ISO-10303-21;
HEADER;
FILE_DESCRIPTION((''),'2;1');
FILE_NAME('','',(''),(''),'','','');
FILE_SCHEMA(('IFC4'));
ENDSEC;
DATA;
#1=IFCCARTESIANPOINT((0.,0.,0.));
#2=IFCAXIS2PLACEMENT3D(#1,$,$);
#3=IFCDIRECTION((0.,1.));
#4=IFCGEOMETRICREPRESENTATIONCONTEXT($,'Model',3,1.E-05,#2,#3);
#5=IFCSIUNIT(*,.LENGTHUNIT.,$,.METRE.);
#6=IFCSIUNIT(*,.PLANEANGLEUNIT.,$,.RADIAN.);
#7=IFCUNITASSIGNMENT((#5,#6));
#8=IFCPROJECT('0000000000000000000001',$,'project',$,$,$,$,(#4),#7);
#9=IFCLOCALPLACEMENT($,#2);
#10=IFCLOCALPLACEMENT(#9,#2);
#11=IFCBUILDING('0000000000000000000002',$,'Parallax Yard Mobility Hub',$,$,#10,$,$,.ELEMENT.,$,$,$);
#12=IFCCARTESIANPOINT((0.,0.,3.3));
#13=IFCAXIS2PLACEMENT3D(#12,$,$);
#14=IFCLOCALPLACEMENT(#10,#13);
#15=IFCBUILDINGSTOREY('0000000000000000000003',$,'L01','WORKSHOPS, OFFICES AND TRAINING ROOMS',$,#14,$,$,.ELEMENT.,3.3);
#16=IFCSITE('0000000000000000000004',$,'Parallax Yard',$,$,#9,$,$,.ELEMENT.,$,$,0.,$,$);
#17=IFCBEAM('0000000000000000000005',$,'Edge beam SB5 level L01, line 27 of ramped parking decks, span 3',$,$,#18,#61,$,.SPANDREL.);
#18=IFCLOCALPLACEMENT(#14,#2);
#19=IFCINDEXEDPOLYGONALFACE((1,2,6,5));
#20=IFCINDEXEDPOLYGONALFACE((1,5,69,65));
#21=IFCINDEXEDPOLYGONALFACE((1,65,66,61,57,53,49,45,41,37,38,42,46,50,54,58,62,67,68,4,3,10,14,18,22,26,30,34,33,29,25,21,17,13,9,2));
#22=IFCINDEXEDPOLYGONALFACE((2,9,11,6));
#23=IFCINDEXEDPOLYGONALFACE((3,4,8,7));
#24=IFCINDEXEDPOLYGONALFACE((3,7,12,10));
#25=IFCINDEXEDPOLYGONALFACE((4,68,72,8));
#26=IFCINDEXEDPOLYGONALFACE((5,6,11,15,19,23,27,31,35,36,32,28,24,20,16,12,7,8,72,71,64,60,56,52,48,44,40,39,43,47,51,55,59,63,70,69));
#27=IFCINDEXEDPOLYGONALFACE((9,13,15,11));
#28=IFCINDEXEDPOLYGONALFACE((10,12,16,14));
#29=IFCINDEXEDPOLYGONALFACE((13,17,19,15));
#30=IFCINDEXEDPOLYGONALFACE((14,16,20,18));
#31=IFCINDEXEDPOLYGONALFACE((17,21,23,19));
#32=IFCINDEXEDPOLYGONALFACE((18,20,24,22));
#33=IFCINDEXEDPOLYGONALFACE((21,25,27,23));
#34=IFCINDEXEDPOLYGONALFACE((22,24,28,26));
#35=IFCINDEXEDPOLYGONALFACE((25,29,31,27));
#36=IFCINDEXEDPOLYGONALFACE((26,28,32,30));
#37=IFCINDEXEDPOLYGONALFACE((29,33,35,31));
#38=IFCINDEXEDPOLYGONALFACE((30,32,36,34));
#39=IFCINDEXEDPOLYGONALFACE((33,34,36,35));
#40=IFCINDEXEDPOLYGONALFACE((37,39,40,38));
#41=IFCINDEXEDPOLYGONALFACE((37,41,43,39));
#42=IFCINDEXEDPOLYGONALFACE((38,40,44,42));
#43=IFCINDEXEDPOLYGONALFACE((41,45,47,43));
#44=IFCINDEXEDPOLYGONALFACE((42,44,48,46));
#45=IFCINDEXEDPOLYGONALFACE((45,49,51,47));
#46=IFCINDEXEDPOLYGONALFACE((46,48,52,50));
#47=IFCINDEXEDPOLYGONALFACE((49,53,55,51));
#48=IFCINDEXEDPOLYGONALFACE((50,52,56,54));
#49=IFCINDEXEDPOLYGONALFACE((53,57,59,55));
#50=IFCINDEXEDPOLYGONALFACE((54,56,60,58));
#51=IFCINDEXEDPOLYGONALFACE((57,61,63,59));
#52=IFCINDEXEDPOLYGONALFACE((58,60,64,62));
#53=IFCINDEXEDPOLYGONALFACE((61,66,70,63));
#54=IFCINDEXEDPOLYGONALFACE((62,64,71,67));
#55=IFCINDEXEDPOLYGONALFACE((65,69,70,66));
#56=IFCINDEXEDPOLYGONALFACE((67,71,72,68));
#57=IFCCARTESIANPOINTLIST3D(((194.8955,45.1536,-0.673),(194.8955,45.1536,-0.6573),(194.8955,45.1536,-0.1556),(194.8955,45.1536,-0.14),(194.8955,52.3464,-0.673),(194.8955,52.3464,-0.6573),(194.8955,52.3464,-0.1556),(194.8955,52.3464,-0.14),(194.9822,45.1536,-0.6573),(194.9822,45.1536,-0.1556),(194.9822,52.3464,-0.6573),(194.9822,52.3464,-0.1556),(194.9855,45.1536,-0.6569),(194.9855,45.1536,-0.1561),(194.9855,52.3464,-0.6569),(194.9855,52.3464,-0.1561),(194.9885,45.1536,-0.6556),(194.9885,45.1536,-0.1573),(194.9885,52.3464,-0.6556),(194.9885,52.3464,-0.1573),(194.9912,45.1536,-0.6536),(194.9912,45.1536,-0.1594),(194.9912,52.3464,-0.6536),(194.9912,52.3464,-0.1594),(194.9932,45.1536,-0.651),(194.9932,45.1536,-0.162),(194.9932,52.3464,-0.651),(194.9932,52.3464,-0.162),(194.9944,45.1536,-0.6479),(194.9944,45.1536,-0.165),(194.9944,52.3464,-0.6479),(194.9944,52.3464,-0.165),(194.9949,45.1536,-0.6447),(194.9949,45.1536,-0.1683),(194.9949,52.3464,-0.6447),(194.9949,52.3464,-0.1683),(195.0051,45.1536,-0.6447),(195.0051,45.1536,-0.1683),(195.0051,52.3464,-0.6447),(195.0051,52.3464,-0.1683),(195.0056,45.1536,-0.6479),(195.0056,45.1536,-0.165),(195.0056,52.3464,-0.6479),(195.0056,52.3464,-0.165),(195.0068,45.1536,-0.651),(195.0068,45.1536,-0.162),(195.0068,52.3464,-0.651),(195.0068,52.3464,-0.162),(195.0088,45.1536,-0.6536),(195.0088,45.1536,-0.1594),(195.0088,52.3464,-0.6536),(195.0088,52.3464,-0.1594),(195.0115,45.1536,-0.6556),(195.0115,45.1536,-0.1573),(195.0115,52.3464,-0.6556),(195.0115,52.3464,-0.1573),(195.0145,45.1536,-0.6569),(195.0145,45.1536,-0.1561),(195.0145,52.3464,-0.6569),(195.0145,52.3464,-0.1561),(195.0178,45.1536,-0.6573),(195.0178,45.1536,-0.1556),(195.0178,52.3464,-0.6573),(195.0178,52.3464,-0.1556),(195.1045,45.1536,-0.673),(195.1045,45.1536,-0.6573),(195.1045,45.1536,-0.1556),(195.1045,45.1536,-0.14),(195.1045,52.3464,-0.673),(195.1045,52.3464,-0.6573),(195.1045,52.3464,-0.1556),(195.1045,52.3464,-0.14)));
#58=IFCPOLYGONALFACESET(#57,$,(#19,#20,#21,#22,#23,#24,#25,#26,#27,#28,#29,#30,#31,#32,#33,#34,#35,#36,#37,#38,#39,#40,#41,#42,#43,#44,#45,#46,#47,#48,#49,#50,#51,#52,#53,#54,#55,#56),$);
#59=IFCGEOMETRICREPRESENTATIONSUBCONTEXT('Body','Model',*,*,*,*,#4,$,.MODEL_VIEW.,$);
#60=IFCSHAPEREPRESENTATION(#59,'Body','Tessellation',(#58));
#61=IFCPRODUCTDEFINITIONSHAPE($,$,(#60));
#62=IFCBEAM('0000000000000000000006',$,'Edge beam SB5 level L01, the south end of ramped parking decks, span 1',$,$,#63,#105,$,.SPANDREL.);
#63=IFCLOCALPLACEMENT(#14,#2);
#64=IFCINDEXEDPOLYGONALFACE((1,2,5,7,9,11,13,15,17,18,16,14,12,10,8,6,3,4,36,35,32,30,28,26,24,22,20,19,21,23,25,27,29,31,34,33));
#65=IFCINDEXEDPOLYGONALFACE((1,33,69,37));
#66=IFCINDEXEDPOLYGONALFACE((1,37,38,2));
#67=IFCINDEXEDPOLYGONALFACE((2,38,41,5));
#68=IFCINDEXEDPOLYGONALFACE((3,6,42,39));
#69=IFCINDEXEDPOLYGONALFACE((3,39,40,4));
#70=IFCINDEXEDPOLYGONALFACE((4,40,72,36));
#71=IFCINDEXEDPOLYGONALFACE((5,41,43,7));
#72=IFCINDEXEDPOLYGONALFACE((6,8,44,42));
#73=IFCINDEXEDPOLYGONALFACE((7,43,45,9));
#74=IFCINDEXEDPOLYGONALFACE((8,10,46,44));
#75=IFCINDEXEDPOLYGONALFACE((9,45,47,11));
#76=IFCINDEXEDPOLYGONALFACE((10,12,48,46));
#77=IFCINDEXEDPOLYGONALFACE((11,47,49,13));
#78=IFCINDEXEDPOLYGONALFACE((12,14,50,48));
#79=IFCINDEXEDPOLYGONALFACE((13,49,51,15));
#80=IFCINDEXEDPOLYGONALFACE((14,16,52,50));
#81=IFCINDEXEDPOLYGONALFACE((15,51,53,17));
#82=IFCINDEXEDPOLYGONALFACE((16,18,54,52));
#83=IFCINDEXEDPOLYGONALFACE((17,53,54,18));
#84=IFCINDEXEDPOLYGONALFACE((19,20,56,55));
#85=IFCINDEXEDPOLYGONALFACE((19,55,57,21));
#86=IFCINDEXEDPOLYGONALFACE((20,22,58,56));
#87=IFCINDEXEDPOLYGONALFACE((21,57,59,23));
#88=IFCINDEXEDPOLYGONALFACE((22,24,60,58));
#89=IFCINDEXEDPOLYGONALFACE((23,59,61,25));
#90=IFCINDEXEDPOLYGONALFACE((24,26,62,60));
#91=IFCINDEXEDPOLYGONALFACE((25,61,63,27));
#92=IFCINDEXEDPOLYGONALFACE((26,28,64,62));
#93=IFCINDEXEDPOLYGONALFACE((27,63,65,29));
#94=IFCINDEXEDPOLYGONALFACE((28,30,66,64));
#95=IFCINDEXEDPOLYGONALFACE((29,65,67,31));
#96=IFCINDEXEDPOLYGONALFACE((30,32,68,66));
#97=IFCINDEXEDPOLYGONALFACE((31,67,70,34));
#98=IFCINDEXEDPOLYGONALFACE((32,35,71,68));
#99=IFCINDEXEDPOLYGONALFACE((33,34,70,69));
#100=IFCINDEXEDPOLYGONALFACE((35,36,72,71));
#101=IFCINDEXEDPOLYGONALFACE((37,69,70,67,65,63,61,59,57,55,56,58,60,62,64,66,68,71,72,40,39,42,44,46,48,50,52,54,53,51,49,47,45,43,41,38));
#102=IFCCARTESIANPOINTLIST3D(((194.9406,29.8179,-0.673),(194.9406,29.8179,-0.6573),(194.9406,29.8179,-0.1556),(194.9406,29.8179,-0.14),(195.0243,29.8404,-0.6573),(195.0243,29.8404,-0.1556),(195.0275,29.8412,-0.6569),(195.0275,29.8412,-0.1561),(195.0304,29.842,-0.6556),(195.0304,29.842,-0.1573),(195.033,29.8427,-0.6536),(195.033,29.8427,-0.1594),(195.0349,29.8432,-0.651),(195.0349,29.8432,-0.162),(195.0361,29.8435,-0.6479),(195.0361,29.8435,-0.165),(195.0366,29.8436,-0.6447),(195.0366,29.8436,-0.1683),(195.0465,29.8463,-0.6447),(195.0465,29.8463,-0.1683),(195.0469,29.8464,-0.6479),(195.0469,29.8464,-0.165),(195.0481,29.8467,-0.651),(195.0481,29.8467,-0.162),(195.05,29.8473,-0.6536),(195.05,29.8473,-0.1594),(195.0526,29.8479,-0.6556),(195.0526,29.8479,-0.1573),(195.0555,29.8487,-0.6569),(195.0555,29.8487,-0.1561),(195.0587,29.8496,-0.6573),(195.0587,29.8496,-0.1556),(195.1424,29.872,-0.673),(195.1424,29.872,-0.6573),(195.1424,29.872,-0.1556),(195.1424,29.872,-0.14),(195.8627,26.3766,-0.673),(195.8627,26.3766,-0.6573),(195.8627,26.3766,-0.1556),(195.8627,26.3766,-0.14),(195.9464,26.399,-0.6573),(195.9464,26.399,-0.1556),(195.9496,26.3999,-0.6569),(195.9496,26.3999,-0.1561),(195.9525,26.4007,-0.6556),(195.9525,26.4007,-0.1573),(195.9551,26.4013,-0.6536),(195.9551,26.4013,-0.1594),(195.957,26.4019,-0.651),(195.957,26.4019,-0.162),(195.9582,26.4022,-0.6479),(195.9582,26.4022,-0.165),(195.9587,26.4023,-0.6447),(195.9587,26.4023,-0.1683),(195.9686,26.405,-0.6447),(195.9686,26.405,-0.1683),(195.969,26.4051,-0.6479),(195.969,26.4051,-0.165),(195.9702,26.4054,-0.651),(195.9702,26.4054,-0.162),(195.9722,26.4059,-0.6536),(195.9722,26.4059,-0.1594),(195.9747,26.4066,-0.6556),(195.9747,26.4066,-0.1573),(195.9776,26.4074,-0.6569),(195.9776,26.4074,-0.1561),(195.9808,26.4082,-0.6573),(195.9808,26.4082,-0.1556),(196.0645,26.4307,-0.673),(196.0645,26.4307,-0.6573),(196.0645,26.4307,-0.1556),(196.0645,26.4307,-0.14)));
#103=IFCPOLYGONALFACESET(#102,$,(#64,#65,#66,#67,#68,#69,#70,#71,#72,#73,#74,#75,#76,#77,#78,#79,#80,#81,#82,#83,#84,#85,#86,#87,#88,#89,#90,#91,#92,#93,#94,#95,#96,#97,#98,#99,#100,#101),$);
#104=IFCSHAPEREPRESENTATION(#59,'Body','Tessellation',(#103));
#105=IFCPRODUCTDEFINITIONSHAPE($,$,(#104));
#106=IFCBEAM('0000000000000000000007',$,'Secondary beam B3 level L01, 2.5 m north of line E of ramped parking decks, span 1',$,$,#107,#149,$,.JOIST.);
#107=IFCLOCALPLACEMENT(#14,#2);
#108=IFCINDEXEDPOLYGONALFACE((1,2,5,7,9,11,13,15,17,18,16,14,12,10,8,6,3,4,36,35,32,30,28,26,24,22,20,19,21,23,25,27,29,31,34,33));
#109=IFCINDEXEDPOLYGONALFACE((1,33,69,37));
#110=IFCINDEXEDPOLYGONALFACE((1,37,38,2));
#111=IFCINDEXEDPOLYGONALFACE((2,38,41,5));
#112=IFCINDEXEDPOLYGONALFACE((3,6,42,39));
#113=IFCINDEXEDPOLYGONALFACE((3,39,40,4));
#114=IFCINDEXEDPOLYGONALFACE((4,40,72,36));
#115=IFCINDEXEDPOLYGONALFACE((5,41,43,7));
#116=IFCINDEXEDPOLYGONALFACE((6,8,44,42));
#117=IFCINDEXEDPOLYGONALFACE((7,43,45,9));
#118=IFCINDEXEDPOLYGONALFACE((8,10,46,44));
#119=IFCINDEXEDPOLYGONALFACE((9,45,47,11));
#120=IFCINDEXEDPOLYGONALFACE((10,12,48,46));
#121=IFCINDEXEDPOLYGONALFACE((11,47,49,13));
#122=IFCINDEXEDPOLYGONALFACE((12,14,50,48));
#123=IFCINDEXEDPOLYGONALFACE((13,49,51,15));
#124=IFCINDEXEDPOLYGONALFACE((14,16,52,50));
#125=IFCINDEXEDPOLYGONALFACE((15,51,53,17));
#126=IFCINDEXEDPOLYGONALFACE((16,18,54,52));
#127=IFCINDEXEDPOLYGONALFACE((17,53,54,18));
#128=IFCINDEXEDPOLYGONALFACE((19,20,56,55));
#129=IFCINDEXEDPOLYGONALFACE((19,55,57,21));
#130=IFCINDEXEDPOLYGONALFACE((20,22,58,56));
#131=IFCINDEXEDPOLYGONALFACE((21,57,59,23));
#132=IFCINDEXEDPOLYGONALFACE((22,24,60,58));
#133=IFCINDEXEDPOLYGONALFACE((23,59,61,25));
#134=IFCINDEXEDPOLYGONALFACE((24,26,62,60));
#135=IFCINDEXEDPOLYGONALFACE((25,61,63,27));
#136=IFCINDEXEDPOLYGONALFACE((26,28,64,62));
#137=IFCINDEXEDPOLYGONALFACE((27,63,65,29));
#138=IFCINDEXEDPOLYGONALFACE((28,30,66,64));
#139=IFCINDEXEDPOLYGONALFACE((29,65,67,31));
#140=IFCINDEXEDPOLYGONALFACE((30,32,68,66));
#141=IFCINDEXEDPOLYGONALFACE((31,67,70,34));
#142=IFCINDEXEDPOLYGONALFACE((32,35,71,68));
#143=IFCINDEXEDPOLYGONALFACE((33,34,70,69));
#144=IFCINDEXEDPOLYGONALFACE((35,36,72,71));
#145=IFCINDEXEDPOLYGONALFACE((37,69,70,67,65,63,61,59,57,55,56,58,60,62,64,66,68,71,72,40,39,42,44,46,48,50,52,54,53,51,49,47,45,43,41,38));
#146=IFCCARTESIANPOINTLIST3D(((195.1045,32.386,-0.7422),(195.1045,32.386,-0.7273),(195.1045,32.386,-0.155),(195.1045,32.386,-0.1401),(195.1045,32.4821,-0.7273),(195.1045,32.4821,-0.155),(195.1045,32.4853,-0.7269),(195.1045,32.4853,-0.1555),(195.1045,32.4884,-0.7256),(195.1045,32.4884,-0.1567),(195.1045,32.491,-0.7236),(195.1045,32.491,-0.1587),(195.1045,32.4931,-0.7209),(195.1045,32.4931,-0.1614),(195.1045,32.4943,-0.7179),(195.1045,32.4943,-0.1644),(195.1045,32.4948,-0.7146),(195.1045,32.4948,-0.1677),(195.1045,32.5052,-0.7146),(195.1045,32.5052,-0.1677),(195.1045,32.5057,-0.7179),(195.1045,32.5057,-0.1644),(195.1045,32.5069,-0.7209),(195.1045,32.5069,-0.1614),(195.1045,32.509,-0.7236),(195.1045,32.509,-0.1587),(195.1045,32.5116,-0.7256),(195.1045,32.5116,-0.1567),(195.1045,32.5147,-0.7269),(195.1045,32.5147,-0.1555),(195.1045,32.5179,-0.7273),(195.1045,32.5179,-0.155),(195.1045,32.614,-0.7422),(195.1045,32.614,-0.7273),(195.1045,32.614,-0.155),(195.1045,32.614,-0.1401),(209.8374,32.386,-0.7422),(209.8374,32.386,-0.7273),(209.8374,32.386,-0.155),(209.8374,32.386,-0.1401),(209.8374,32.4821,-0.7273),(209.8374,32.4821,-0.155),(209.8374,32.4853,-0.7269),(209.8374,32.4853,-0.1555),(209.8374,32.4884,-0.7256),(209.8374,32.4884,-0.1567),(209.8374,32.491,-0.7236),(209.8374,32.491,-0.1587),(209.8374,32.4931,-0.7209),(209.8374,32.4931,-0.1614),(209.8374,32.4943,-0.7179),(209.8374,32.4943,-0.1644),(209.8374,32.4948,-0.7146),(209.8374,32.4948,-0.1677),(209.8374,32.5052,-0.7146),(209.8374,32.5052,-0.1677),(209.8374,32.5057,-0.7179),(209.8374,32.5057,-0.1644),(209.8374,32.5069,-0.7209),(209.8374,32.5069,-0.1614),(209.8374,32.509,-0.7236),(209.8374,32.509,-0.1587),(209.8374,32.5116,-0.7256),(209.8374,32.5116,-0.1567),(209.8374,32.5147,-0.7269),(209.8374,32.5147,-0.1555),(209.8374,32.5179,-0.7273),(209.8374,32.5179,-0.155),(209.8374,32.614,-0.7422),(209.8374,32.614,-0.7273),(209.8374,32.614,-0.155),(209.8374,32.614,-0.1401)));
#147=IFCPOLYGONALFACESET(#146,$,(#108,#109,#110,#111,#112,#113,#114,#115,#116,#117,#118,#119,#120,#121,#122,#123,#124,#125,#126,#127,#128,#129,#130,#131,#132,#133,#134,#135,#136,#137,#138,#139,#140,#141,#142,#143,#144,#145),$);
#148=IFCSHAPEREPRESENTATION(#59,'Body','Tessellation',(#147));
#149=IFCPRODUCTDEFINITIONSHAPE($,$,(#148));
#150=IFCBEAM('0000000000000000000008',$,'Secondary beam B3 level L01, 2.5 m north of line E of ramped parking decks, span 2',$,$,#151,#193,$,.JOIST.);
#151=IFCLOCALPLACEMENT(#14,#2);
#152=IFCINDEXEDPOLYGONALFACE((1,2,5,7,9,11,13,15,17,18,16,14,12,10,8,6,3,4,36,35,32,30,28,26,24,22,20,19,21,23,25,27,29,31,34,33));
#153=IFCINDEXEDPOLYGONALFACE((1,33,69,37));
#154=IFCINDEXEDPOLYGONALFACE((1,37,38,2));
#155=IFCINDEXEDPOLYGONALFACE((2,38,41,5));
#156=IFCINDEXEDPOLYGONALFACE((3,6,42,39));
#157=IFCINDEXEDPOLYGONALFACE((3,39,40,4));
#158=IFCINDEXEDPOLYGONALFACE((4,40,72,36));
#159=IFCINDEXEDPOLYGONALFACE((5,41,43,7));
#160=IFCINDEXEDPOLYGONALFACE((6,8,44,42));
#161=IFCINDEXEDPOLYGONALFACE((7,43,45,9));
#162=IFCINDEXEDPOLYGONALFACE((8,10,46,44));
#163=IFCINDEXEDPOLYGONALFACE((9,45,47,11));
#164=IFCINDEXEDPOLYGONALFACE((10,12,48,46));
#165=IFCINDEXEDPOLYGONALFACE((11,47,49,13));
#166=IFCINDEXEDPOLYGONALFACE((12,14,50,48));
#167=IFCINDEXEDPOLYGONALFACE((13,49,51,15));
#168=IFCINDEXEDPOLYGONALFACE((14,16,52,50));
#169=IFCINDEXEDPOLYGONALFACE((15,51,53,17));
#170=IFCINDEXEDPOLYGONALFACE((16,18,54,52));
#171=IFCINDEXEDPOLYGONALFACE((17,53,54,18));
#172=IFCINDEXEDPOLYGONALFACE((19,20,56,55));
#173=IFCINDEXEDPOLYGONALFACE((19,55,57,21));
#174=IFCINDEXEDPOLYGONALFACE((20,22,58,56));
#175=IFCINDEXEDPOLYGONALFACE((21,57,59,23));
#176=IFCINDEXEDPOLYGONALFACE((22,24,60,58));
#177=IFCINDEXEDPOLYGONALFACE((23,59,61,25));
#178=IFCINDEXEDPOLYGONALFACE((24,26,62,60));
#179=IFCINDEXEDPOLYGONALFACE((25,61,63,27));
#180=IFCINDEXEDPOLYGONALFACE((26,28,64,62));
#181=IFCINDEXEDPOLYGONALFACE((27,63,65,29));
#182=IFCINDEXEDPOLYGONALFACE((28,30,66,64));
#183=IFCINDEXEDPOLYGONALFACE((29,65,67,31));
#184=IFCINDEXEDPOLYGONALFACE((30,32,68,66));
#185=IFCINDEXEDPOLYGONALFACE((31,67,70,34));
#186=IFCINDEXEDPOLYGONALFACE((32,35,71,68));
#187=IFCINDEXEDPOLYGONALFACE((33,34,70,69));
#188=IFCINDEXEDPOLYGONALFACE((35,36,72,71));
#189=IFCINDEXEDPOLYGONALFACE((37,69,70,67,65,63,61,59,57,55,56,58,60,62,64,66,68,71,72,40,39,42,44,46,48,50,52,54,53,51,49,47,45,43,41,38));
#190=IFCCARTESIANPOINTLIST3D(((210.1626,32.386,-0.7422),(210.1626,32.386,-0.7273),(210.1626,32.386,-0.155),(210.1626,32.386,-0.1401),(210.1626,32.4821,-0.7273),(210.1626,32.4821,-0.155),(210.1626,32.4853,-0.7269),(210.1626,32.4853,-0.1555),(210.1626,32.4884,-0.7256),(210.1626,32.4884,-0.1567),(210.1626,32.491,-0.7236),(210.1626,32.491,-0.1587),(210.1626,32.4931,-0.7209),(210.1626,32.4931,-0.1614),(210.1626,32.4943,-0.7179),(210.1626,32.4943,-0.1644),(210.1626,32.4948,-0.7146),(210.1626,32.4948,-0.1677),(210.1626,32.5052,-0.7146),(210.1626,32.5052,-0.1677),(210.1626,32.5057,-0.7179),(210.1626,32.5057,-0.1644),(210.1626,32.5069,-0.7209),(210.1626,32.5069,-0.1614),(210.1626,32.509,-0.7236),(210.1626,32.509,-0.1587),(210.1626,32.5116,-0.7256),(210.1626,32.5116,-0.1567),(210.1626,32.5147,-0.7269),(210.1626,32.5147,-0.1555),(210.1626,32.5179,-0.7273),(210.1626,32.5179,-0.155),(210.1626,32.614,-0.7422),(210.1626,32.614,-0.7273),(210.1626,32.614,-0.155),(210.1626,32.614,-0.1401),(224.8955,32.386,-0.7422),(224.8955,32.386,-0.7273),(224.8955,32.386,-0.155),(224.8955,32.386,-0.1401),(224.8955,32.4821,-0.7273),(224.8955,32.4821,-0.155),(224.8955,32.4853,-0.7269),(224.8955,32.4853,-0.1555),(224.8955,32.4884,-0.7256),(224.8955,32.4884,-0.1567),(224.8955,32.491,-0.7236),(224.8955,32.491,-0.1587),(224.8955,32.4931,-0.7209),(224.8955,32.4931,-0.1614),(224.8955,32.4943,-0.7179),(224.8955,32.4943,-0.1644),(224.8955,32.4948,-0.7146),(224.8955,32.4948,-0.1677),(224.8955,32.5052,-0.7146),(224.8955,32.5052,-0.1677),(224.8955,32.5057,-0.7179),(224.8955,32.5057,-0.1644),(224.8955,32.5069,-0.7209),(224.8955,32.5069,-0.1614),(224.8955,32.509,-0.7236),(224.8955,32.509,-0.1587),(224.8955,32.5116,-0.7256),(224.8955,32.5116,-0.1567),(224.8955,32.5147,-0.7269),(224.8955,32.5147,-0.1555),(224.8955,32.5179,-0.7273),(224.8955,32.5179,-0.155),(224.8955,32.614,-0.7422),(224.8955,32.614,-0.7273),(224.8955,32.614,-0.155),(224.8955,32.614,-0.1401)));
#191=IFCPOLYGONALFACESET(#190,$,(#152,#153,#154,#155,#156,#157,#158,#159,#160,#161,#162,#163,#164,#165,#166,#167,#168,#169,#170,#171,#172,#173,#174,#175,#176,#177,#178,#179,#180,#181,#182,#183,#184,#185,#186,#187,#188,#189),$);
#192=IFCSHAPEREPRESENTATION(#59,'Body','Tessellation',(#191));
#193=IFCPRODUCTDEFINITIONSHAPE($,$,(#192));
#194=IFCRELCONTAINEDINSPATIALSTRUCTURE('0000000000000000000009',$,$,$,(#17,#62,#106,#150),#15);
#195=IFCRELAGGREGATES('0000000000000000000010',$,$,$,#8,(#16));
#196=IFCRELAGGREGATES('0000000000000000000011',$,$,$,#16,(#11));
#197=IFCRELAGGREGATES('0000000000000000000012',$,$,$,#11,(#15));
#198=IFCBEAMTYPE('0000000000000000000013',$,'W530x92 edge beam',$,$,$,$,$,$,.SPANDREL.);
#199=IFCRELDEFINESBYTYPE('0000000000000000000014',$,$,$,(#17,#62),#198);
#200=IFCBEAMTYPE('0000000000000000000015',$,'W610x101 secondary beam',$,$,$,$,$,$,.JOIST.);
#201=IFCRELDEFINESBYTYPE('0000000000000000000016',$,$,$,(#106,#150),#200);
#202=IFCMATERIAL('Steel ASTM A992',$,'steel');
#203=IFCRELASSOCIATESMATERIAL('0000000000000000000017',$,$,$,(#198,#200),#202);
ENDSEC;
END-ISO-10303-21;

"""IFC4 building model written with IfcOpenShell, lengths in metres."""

from ifc_helpers import new_model, si_unit, direction, frame, origin, origin_2d, place, context, subcontext, project, spatial, i_section, extrude, material, material_profile, profile_set, type_object, element, save


model = new_model("IFC4")

# Units and contexts
model_context = context("Model", 3, precision=1e-05, world=origin(), true_north=direction((0.0, 1.0)))
body_context = subcontext(model_context, "Body", "Model", "MODEL_VIEW")
ifc_project = project(units=[si_unit("LENGTHUNIT", "METRE"), si_unit("PLANEANGLEUNIT", "RADIAN")], contexts=[model_context])

# Site, building, storey
site_placement = place(None, origin())
site = spatial("IfcSite", under=ifc_project, at=site_placement, Name="Parallax Yard", CompositionType="ELEMENT", RefElevation=0.0)
building_placement = place(site_placement, origin())
building = spatial("IfcBuilding", under=site, at=building_placement, Name="Parallax Yard Mobility Hub", CompositionType="ELEMENT")
storey_placement = place(building_placement, frame((0.0, 0.0, 3.3)))
storey = spatial("IfcBuildingStorey", under=building, at=storey_placement, Name="L01", Description="WORKSHOPS, OFFICES AND TRAINING ROOMS", CompositionType="ELEMENT", Elevation=3.3)

# Shared definitions
ifc_material_1 = material(Name="Steel ASTM A992", Category="steel")

# Beams
ifc_material_profile_1 = material_profile(ifc_material_1, i_section(OverallWidth=0.209, OverallDepth=0.533, WebThickness=0.0103, FlangeThickness=0.0156, FilletRadius=0.0127, at=origin_2d()), Name="W530x92")
ifc_profile_set_1 = profile_set([ifc_material_profile_1], Name="Steel ASTM A992")
beam_type_1 = type_object("IfcBeamType", Name="W530x92 edge beam", PredefinedType="SPANDREL", material=ifc_profile_set_1)
for number, where, z_axis, x_axis, name in (
    (1, (195.0, 45.1536, -0.4065), (0.0, 1.0, 0.0), (-1.0, 0.0, 0.0), "Edge beam SB5 level L01, line 27 of ramped parking decks, span 3"),
):
    element("IfcBeam", number, at=place(storey_placement, frame(where, z_axis=z_axis, x_axis=x_axis)), inside=storey, type_object=beam_type_1, Name=name, PredefinedType="SPANDREL", context=body_context, shape_type="SweptSolid", body=[
        extrude(i_section(OverallWidth=0.209, OverallDepth=0.533, WebThickness=0.0103, FlangeThickness=0.0156, FilletRadius=0.0127, at=origin_2d()), origin(), (0.0, 0.0, 1.0), 7.1929),
    ])
beam_1_placement = place(storey_placement, frame((195.0415, 29.845, -0.4065), z_axis=(0.258818, -0.965926, 0.0), x_axis=(0.965926, 0.258818, 0.0)))
element("IfcBeam", 2, at=beam_1_placement, inside=storey, type_object=beam_type_1, Name="Edge beam SB5 level L01, the south end of ramped parking decks, span 1", PredefinedType="SPANDREL", context=body_context, shape_type="SweptSolid", body=[
    extrude(i_section(OverallWidth=0.209, OverallDepth=0.533, WebThickness=0.0103, FlangeThickness=0.0156, FilletRadius=0.0127, at=origin_2d()), origin(), (0.0, 0.0, 1.0), 3.5627),
])
ifc_material_profile_2 = material_profile(ifc_material_1, i_section(OverallWidth=0.228, OverallDepth=0.6021, WebThickness=0.0105, FlangeThickness=0.0149, FilletRadius=0.0127, at=origin_2d()), Name="W610x101")
ifc_profile_set_2 = profile_set([ifc_material_profile_2], Name="Steel ASTM A992")
beam_type_2 = type_object("IfcBeamType", Name="W610x101 secondary beam", PredefinedType="JOIST", material=ifc_profile_set_2)
for number, where, z_axis, x_axis, name in (
    (3, (195.1045, 32.5, -0.4412), (1.0, 0.0, 0.0), (0.0, 1.0, 0.0), "Secondary beam B3 level L01, 2.5 m north of line E of ramped parking decks, span 1"),
    (4, (210.1626, 32.5, -0.4412), (1.0, 0.0, 0.0), (0.0, 1.0, 0.0), "Secondary beam B3 level L01, 2.5 m north of line E of ramped parking decks, span 2"),
):
    element("IfcBeam", number, at=place(storey_placement, frame(where, z_axis=z_axis, x_axis=x_axis)), inside=storey, type_object=beam_type_2, Name=name, PredefinedType="JOIST", context=body_context, shape_type="SweptSolid", body=[
        extrude(i_section(OverallWidth=0.228, OverallDepth=0.6021, WebThickness=0.0105, FlangeThickness=0.0149, FilletRadius=0.0127, at=origin_2d()), origin(), (0.0, 0.0, 1.0), 14.7329),
    ])

save(model, "model.ifc")
